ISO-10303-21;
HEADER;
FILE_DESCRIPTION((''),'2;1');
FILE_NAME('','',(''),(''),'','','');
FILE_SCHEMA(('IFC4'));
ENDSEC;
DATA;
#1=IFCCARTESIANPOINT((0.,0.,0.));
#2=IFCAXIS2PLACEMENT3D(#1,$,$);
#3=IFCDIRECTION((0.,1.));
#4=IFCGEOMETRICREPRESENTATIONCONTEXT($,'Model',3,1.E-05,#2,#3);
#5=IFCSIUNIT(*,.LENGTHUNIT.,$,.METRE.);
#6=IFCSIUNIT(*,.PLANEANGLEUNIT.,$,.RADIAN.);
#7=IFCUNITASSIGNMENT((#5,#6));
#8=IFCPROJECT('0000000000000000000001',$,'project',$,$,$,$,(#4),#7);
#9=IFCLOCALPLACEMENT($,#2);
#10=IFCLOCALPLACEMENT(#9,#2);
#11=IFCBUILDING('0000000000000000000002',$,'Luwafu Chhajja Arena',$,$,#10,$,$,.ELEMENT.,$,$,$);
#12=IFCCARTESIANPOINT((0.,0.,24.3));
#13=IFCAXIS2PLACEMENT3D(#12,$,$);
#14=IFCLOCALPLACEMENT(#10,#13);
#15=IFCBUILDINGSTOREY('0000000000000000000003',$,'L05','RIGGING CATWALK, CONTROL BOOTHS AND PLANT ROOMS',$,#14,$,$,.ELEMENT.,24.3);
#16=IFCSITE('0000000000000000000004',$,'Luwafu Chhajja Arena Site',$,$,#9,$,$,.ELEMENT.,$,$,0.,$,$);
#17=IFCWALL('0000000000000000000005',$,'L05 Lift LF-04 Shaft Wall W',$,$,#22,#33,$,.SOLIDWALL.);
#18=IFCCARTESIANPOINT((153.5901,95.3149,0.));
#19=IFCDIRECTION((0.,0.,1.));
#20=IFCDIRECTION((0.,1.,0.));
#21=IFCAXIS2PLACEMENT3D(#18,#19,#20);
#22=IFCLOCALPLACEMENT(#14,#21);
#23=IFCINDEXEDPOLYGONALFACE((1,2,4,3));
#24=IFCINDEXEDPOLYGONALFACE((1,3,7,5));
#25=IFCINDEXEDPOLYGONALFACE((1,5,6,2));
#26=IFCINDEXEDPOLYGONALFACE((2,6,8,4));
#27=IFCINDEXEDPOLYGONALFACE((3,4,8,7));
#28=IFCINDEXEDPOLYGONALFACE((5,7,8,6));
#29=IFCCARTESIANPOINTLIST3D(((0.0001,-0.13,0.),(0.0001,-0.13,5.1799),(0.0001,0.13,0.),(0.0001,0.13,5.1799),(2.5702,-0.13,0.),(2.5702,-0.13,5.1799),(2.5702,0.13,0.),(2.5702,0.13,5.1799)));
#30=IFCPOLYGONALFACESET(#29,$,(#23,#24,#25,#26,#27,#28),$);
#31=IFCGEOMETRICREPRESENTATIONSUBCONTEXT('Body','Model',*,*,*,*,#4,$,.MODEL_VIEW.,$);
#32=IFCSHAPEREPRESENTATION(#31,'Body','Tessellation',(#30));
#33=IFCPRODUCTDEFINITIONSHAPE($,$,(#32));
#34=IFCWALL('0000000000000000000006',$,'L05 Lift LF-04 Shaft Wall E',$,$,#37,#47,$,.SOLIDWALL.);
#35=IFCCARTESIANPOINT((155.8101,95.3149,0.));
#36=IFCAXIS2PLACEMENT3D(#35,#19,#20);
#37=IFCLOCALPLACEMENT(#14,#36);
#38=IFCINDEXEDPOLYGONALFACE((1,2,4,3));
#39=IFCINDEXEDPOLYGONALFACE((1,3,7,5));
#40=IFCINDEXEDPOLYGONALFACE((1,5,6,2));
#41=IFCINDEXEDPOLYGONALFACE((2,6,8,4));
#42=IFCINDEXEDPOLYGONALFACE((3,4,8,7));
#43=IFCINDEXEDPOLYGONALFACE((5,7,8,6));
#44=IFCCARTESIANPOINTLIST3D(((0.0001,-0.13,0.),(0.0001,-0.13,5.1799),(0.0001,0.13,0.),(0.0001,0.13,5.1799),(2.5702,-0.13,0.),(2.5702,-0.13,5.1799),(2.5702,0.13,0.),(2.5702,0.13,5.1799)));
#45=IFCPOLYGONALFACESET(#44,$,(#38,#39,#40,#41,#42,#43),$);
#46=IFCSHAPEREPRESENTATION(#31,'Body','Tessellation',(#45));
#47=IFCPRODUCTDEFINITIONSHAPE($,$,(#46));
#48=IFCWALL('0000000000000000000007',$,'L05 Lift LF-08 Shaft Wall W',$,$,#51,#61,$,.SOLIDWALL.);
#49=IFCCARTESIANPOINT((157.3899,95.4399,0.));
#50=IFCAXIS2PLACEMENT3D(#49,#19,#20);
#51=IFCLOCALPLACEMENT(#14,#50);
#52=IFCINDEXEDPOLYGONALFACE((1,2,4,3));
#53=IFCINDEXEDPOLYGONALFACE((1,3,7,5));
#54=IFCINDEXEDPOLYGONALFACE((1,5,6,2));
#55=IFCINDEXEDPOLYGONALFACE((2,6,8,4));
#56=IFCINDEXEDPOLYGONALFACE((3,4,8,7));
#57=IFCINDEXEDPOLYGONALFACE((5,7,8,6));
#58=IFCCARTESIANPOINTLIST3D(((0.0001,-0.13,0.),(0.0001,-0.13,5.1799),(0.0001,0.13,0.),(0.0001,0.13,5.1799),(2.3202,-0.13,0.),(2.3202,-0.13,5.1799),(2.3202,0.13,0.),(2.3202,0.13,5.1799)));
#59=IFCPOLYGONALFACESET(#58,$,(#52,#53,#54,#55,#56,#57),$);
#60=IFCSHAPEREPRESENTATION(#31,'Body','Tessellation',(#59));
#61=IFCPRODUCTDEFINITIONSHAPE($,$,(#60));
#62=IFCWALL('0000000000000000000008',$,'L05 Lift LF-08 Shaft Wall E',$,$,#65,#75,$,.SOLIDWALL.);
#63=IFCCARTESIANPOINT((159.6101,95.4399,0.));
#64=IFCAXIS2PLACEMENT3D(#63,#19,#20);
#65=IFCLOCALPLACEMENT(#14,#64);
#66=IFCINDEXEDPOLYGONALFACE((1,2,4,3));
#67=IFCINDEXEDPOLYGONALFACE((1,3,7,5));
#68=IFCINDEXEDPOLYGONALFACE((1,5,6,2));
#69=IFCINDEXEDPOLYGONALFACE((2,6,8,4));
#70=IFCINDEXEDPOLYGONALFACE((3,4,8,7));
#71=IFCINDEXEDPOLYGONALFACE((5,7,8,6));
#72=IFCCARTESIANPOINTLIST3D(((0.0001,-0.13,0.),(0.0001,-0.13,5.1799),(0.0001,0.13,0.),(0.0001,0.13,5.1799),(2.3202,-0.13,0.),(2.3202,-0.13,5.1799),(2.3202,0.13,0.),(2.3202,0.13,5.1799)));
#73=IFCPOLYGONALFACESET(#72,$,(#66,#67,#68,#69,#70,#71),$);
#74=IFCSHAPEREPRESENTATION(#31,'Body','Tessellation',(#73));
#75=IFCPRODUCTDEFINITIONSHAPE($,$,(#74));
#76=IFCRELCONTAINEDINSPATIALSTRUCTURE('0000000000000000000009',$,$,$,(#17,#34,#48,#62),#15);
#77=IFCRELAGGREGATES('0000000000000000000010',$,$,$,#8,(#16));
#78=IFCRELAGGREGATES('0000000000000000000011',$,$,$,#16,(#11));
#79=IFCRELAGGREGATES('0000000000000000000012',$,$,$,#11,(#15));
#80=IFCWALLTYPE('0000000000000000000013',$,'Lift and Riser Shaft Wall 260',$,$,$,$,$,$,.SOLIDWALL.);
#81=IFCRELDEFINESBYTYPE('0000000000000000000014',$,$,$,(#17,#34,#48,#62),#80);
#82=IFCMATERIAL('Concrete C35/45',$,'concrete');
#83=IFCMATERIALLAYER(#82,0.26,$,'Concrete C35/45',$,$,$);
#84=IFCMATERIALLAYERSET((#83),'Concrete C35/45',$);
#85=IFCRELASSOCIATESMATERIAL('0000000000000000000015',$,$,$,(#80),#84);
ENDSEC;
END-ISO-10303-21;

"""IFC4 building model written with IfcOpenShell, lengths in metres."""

from ifc_helpers import new_model, si_unit, direction, frame, frame_2d, origin, place, context, subcontext, project, spatial, rectangle, extrude, material, layer, layer_set, type_object, element, save


model = new_model("IFC4")

# Units and contexts
model_context = context("Model", 3, precision=1e-05, world=origin(), true_north=direction((0.0, 1.0)))
body_context = subcontext(model_context, "Body", "Model", "MODEL_VIEW")
ifc_project = project(units=[si_unit("LENGTHUNIT", "METRE"), si_unit("PLANEANGLEUNIT", "RADIAN")], contexts=[model_context])

# Site, building, storey
site_placement = place(None, origin())
site = spatial("IfcSite", under=ifc_project, at=site_placement, Name="Luwafu Chhajja Arena Site", CompositionType="ELEMENT", RefElevation=0.0)
building_placement = place(site_placement, origin())
building = spatial("IfcBuilding", under=site, at=building_placement, Name="Luwafu Chhajja Arena", CompositionType="ELEMENT")
storey_placement = place(building_placement, frame((0.0, 0.0, 24.3)))
storey = spatial("IfcBuildingStorey", under=building, at=storey_placement, Name="L05", Description="RIGGING CATWALK, CONTROL BOOTHS AND PLANT ROOMS", CompositionType="ELEMENT", Elevation=24.3)

# Shared definitions
ifc_material_1 = material(Name="Concrete C35/45", Category="concrete")

# Shared definitions
ifc_layer_1 = layer(ifc_material_1, 0.26, Name="Concrete C35/45")
ifc_layer_set_1 = layer_set([ifc_layer_1], Name="Concrete C35/45")
wall_type_1 = type_object("IfcWallType", Name="Lift and Riser Shaft Wall 260", PredefinedType="SOLIDWALL", material=ifc_layer_set_1)

# Walls
for number, where, z_axis, x_axis, name in (
    (1, (153.5901, 95.3149, 0.0), (0.0, 0.0, 1.0), (0.0, 1.0, 0.0), "L05 Lift LF-04 Shaft Wall W"),
    (2, (155.8101, 95.3149, 0.0), (0.0, 0.0, 1.0), (0.0, 1.0, 0.0), "L05 Lift LF-04 Shaft Wall E"),
):
    element("IfcWall", number, at=place(storey_placement, frame(where, z_axis=z_axis, x_axis=x_axis)), inside=storey, type_object=wall_type_1, Name=name, PredefinedType="SOLIDWALL", context=body_context, shape_type="SweptSolid", body=[
        extrude(rectangle(XDim=2.5701, YDim=0.26, at=frame_2d((1.2852, 0.0))), origin(), (0.0, 0.0, 1.0), 5.1799),
    ])

# Walls
for number, where, z_axis, x_axis, name in (
    (3, (157.3899, 95.4399, 0.0), (0.0, 0.0, 1.0), (0.0, 1.0, 0.0), "L05 Lift LF-08 Shaft Wall W"),
    (4, (159.6101, 95.4399, 0.0), (0.0, 0.0, 1.0), (0.0, 1.0, 0.0), "L05 Lift LF-08 Shaft Wall E"),
):
    element("IfcWall", number, at=place(storey_placement, frame(where, z_axis=z_axis, x_axis=x_axis)), inside=storey, type_object=wall_type_1, Name=name, PredefinedType="SOLIDWALL", context=body_context, shape_type="SweptSolid", body=[
        extrude(rectangle(XDim=2.3201, YDim=0.26, at=frame_2d((1.1602, 0.0))), origin(), (0.0, 0.0, 1.0), 5.1799),
    ])

save(model, "model.ifc")
